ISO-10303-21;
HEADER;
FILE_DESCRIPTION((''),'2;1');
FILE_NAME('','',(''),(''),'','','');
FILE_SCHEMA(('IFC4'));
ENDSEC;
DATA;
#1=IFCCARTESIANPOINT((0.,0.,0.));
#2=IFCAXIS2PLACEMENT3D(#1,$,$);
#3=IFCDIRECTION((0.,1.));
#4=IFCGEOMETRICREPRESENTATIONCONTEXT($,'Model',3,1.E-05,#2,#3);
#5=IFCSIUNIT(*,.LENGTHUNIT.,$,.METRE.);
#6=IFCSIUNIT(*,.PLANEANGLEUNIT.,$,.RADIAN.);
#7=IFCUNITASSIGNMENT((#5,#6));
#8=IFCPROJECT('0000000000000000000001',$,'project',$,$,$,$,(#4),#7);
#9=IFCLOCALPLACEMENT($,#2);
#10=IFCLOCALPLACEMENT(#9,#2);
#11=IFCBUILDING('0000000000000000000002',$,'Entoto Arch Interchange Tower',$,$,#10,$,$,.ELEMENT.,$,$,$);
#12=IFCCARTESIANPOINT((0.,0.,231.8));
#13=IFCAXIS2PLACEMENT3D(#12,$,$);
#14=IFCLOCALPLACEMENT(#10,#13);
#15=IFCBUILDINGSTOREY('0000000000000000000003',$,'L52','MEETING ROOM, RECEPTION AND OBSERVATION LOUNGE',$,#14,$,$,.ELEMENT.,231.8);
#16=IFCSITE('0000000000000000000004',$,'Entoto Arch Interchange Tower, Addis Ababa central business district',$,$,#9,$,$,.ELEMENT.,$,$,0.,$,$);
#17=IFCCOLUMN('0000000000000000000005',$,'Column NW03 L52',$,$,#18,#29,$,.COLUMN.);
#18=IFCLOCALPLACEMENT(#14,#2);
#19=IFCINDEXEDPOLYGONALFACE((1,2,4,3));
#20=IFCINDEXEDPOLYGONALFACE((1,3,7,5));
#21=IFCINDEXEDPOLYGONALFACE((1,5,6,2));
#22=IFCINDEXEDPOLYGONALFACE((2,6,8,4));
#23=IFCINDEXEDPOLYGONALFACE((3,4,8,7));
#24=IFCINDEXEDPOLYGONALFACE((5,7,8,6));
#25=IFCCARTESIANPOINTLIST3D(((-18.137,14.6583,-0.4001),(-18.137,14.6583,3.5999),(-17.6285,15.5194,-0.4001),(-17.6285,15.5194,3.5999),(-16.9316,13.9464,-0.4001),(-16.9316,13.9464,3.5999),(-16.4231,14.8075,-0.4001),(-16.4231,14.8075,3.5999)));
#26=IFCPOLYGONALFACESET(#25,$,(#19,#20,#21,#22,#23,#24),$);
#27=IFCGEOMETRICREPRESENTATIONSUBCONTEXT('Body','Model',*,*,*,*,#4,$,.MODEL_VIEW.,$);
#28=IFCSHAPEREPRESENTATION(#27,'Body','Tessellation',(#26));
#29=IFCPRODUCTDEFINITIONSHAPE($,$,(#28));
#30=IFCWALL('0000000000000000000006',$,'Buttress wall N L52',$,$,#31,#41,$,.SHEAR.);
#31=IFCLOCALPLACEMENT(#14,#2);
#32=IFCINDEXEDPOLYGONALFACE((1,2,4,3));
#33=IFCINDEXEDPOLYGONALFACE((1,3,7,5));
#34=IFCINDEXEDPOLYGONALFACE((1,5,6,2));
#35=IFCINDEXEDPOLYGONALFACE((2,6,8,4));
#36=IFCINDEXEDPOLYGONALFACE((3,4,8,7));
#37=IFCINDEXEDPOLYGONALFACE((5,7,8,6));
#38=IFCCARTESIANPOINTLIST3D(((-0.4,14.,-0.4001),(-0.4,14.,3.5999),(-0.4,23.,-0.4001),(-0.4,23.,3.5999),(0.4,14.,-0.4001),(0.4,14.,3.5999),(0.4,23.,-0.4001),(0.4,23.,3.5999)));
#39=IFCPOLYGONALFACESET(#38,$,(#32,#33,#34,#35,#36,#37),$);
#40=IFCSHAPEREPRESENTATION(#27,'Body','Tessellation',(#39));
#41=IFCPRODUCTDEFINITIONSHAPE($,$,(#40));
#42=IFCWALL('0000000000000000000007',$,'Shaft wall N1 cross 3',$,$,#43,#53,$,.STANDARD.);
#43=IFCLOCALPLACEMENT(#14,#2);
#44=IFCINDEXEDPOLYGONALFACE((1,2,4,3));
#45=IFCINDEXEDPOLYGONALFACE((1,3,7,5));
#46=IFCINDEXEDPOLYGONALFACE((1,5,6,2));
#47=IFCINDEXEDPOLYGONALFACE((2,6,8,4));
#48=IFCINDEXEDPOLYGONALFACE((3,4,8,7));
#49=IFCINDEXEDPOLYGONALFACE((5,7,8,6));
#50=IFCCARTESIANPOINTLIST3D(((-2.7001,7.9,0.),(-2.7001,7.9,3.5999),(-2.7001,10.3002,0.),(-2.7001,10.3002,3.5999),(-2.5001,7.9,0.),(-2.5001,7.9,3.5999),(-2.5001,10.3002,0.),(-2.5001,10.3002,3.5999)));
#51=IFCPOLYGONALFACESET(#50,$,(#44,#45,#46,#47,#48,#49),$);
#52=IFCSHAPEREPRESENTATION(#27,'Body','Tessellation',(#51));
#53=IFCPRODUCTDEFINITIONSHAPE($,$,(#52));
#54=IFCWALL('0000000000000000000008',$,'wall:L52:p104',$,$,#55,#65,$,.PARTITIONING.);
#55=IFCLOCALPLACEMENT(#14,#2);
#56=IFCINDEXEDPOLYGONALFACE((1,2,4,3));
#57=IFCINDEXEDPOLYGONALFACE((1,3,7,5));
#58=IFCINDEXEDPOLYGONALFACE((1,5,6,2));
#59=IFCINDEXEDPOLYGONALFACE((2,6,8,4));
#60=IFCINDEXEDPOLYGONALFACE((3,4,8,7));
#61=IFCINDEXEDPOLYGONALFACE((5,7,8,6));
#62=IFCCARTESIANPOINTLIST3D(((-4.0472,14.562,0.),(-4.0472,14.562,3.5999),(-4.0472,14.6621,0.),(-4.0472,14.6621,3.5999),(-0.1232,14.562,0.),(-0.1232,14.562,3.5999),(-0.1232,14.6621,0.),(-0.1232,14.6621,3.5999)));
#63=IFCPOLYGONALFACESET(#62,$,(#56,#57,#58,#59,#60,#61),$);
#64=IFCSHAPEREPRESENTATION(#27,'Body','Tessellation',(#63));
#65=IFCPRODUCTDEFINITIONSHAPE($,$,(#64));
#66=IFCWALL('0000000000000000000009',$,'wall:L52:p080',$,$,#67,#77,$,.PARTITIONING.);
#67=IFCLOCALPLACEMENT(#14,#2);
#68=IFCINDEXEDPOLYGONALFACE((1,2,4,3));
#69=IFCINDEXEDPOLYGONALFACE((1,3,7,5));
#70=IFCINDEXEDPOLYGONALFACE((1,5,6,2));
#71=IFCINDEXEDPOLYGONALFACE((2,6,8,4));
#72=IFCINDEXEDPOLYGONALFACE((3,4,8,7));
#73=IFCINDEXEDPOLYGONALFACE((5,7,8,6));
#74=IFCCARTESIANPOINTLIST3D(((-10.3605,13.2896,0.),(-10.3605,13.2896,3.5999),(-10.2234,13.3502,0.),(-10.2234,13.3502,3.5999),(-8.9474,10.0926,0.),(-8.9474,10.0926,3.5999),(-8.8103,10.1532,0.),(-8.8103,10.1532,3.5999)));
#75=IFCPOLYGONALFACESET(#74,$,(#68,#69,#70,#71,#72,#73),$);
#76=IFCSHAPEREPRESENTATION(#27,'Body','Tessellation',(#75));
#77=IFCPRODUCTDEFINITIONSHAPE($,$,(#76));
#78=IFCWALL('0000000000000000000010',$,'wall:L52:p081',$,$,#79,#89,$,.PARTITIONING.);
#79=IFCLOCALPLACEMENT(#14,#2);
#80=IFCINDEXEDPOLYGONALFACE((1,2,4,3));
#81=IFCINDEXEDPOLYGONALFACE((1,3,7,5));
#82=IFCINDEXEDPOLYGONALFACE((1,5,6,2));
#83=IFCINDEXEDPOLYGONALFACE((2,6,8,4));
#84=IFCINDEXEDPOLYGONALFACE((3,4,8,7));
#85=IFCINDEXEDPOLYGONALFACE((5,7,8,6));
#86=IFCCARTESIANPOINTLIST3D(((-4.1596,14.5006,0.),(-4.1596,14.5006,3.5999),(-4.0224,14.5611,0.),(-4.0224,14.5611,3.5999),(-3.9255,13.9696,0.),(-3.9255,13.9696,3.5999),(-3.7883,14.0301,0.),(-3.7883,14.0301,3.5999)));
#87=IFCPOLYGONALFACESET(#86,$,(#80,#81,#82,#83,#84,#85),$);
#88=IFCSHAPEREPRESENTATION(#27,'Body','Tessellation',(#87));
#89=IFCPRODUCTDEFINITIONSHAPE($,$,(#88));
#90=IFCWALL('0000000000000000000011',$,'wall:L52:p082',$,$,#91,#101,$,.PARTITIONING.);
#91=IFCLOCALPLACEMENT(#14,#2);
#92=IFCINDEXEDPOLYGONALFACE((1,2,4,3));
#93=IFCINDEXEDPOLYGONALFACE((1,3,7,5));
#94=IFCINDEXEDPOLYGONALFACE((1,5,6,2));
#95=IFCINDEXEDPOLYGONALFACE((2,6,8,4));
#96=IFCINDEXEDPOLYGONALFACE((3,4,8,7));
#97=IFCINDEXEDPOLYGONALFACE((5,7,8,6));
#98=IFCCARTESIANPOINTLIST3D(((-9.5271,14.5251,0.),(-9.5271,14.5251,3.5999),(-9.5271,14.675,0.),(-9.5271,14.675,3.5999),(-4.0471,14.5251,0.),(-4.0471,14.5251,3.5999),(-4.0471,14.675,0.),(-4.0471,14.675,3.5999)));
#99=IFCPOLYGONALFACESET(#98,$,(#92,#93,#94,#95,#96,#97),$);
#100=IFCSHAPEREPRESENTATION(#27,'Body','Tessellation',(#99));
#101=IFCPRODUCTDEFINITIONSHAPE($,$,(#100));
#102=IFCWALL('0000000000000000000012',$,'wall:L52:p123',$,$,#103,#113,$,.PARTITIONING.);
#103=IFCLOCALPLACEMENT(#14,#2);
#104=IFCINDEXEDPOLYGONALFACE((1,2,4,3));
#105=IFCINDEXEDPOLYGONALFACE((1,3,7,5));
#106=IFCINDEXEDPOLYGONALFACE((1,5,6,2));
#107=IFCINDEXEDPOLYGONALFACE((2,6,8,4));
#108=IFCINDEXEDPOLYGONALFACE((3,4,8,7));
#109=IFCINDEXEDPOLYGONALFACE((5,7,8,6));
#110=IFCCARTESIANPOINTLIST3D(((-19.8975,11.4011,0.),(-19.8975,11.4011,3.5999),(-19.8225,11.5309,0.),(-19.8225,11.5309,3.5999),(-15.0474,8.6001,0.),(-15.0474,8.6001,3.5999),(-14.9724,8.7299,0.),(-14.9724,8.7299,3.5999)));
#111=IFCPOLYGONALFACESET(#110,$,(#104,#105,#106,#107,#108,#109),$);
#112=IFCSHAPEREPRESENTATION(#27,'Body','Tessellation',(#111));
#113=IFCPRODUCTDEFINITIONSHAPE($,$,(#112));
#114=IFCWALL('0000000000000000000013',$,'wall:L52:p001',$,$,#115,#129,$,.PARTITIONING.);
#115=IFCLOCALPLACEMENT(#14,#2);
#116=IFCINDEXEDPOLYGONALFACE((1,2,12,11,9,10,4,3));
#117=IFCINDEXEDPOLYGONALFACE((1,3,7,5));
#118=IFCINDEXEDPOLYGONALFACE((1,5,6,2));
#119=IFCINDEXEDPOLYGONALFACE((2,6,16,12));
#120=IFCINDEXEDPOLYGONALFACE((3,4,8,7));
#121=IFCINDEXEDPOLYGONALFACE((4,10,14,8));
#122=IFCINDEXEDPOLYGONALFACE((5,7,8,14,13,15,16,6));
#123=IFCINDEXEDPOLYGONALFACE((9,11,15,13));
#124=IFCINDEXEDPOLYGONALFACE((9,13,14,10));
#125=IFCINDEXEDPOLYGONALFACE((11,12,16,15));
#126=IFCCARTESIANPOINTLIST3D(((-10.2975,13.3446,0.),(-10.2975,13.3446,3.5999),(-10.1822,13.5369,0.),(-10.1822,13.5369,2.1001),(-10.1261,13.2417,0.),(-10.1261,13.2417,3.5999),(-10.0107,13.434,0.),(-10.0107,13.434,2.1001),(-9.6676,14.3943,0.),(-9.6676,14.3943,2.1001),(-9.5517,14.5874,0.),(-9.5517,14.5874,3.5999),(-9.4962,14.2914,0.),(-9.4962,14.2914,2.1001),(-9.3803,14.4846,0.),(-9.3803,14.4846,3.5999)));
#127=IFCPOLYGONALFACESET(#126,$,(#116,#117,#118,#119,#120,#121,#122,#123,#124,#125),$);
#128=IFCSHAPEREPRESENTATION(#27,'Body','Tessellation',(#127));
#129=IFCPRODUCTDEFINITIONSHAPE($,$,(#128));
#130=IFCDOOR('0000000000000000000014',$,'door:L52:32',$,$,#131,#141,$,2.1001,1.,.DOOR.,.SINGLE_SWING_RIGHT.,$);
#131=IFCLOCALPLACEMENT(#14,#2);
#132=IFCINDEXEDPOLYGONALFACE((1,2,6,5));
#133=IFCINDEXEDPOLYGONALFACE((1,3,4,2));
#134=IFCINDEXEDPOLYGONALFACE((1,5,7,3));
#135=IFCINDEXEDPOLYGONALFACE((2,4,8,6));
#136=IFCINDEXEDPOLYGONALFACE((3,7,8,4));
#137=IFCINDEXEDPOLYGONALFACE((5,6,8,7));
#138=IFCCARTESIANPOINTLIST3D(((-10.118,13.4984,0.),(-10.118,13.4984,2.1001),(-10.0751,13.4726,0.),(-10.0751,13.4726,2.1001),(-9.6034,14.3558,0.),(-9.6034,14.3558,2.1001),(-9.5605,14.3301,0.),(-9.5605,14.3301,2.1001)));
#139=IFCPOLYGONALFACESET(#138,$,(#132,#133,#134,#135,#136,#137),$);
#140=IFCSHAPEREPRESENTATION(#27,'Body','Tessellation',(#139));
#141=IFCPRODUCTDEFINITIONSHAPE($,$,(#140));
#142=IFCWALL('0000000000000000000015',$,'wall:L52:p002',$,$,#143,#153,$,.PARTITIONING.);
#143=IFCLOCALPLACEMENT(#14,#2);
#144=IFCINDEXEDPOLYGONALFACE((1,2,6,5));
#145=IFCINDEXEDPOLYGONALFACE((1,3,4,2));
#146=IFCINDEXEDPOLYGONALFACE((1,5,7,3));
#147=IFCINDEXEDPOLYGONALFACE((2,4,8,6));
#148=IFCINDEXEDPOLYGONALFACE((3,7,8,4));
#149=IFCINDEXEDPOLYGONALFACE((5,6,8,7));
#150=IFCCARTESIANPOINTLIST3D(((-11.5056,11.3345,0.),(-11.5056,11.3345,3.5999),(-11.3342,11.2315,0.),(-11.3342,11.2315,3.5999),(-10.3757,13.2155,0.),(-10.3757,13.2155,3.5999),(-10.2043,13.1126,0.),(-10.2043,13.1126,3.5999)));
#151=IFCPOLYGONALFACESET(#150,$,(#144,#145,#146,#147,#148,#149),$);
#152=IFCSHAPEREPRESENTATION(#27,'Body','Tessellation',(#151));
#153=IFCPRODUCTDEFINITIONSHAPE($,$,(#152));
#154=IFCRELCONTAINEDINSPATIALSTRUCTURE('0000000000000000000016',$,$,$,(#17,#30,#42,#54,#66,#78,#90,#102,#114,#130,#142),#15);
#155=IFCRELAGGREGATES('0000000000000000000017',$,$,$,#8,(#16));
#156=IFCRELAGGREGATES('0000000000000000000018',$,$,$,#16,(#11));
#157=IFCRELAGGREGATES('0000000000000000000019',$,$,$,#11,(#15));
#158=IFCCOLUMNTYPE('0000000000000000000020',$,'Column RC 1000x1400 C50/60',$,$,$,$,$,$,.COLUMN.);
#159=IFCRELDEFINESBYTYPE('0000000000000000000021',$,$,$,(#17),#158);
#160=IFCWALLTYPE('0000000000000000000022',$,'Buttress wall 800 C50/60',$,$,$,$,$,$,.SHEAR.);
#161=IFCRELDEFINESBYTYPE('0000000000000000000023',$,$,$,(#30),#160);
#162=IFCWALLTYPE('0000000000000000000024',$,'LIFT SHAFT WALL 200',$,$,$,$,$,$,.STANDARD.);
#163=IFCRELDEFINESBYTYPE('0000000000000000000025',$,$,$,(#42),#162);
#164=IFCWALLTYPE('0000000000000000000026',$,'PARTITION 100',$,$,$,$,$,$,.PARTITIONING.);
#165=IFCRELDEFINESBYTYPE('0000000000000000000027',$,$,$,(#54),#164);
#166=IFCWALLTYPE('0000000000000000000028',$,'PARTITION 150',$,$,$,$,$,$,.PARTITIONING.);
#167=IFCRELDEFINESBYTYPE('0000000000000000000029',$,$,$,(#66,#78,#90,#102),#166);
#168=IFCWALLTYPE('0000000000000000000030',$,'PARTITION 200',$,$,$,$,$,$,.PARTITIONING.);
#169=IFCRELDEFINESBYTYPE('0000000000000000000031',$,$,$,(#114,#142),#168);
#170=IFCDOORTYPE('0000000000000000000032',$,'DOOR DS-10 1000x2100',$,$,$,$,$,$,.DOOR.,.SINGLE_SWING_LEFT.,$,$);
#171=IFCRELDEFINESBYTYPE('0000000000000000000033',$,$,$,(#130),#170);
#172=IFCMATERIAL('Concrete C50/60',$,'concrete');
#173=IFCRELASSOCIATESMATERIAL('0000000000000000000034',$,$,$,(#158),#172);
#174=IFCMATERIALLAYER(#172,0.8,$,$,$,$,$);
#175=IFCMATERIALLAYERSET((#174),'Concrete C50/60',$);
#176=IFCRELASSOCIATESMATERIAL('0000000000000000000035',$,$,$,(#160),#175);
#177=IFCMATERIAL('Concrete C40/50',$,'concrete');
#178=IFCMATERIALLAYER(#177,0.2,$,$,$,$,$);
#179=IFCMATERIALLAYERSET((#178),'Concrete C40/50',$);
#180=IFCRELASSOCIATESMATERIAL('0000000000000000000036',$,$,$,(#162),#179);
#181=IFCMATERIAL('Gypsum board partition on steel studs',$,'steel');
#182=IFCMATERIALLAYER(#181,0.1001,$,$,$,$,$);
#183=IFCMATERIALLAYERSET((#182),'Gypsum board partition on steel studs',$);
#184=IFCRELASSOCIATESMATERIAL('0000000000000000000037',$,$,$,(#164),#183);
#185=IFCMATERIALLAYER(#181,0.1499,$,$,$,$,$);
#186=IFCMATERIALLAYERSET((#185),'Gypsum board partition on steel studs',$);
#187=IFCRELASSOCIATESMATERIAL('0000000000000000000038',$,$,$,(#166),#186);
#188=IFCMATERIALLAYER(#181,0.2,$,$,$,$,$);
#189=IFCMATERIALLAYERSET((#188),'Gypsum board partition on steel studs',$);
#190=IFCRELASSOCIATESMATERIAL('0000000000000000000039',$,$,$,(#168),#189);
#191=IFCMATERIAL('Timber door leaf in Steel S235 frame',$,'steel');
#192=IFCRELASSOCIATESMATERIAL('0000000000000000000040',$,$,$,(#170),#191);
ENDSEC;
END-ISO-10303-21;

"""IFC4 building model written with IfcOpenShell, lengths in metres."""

from ifc_helpers import new_model, si_unit, direction, frame, frame_2d, origin, origin_2d, place, context, subcontext, project, spatial, rectangle, extrude, material, layer, layer_set, material_profile, profile_set, type_object, element, fill, save


model = new_model("IFC4")

# Units and contexts
model_context = context("Model", 3, precision=1e-05, world=origin(), true_north=direction((0.0, 1.0)))
body_context = subcontext(model_context, "Body", "Model", "MODEL_VIEW")
ifc_project = project(units=[si_unit("LENGTHUNIT", "METRE"), si_unit("PLANEANGLEUNIT", "RADIAN")], contexts=[model_context])

# Site, building, storey
site_placement = place(None, origin())
site = spatial("IfcSite", under=ifc_project, at=site_placement, Name="Entoto Arch Interchange Tower, Addis Ababa central business district", CompositionType="ELEMENT", RefElevation=0.0)
building_placement = place(site_placement, origin())
building = spatial("IfcBuilding", under=site, at=building_placement, Name="Entoto Arch Interchange Tower", CompositionType="ELEMENT")
storey_placement = place(building_placement, frame((0.0, 0.0, 231.8)))
storey = spatial("IfcBuildingStorey", under=building, at=storey_placement, Name="L52", Description="MEETING ROOM, RECEPTION AND OBSERVATION LOUNGE", CompositionType="ELEMENT", Elevation=231.8)

# Column
ifc_material_1 = material(Name="Concrete C50/60", Category="concrete")
ifc_material_profile = material_profile(ifc_material_1, rectangle(XDim=1.0, YDim=1.3999, at=origin_2d()))
ifc_profile_set = profile_set([ifc_material_profile], Name="Concrete C50/60")
column_type = type_object("IfcColumnType", Name="Column RC 1000x1400 C50/60", PredefinedType="COLUMN", material=ifc_profile_set)
column_placement = place(storey_placement, frame((-17.28, 14.7329, -0.4001), z_axis=(0.0, 0.0, 1.0), x_axis=(0.508516, 0.861053, 0.0)))
element("IfcColumn", 1, at=column_placement, inside=storey, type_object=column_type, Name="Column NW03 L52", PredefinedType="COLUMN", context=body_context, shape_type="SweptSolid", body=[
    extrude(rectangle(XDim=1.0, YDim=1.3999, at=origin_2d()), origin(), (0.0, 0.0, 1.0), 4.0),
])

# Walls
ifc_layer_1 = layer(ifc_material_1, 0.8)
ifc_layer_set_1 = layer_set([ifc_layer_1], Name="Concrete C50/60")
wall_type_1 = type_object("IfcWallType", Name="Buttress wall 800 C50/60", PredefinedType="SHEAR", material=ifc_layer_set_1)
wall_1_placement = place(storey_placement, frame((0.0, 14.0, -0.4001), z_axis=(0.0, 0.0, 1.0), x_axis=(0.0, 1.0, 0.0)))
element("IfcWall", 2, at=wall_1_placement, inside=storey, type_object=wall_type_1, Name="Buttress wall N L52", PredefinedType="SHEAR", context=body_context, shape_type="SweptSolid", body=[
    extrude(rectangle(XDim=9.0, YDim=0.8, at=frame_2d((4.5, 0.0))), origin(), (0.0, 0.0, 1.0), 4.0),
])
ifc_material_2 = material(Name="Concrete C40/50", Category="concrete")
ifc_layer_2 = layer(ifc_material_2, 0.2)
ifc_layer_set_2 = layer_set([ifc_layer_2], Name="Concrete C40/50")
wall_type_2 = type_object("IfcWallType", Name="LIFT SHAFT WALL 200", PredefinedType="STANDARD", material=ifc_layer_set_2)
wall_2_placement = place(storey_placement, frame((-2.6001, 7.8999, 0.0), z_axis=(0.0, 0.0, 1.0), x_axis=(0.0, 1.0, 0.0)))
element("IfcWall", 3, at=wall_2_placement, inside=storey, type_object=wall_type_2, Name="Shaft wall N1 cross 3", PredefinedType="STANDARD", context=body_context, shape_type="SweptSolid", body=[
    extrude(rectangle(XDim=2.4001, YDim=0.2, at=frame_2d((1.2002, 0.0))), origin(), (0.0, 0.0, 1.0), 3.5999),
])
ifc_material_3 = material(Name="Gypsum board partition on steel studs", Category="steel")
ifc_layer_3 = layer(ifc_material_3, 0.1001)
ifc_layer_set_3 = layer_set([ifc_layer_3], Name="Gypsum board partition on steel studs")
wall_type_3 = type_object("IfcWallType", Name="PARTITION 100", PredefinedType="PARTITIONING", material=ifc_layer_set_3)
wall_3_placement = place(storey_placement, frame((-4.0471, 14.6121, 0.0), z_axis=(0.0, 0.0, 1.0), x_axis=(1.0, 0.0, 0.0)))
element("IfcWall", 4, at=wall_3_placement, inside=storey, type_object=wall_type_3, Name="wall:L52:p104", PredefinedType="PARTITIONING", context=body_context, shape_type="SweptSolid", body=[
    extrude(rectangle(XDim=3.9241, YDim=0.1001, at=frame_2d((1.9619, 0.0))), origin(), (0.0, 0.0, 1.0), 3.5999),
])
ifc_layer_4 = layer(ifc_material_3, 0.1499)
ifc_layer_set_4 = layer_set([ifc_layer_4], Name="Gypsum board partition on steel studs")
wall_type_4 = type_object("IfcWallType", Name="PARTITION 150", PredefinedType="PARTITIONING", material=ifc_layer_set_4)
wall_4_placement = place(storey_placement, frame((-8.8789, 10.123, 0.0), z_axis=(0.0, 0.0, 1.0), x_axis=(-0.404271, 0.914639, 0.0)))
element("IfcWall", 5, at=wall_4_placement, inside=storey, type_object=wall_type_4, Name="wall:L52:p080", PredefinedType="PARTITIONING", context=body_context, shape_type="SweptSolid", body=[
    extrude(rectangle(XDim=3.4954, YDim=0.1499, at=frame_2d((1.7476, 0.0))), origin(), (0.0, 0.0, 1.0), 3.5999),
])
wall_5_placement = place(storey_placement, frame((-3.8569, 14.0, 0.0), z_axis=(0.0, 0.0, 1.0), x_axis=(-0.403443, 0.915005, 0.0)))
element("IfcWall", 6, at=wall_5_placement, inside=storey, type_object=wall_type_4, Name="wall:L52:p081", PredefinedType="PARTITIONING", context=body_context, shape_type="SweptSolid", body=[
    extrude(rectangle(XDim=0.5803, YDim=0.1499, at=frame_2d((0.29, 0.0))), origin(), (0.0, 0.0, 1.0), 3.5999),
])
wall_6_placement = place(storey_placement, frame((-4.0471, 14.6001, 0.0), z_axis=(0.0, 0.0, 1.0), x_axis=(-1.0, 0.0, 0.0)))
element("IfcWall", 7, at=wall_6_placement, inside=storey, type_object=wall_type_4, Name="wall:L52:p082", PredefinedType="PARTITIONING", context=body_context, shape_type="SweptSolid", body=[
    extrude(rectangle(XDim=5.48, YDim=0.1499, at=frame_2d((2.74, 0.0))), origin(), (0.0, 0.0, 1.0), 3.5999),
])
wall_7_placement = place(storey_placement, frame((-15.01, 8.665, 0.0), z_axis=(0.0, 0.0, 1.0), x_axis=(-0.865962, 0.50011, 0.0)))
element("IfcWall", 8, at=wall_7_placement, inside=storey, type_object=wall_type_4, Name="wall:L52:p123", PredefinedType="PARTITIONING", context=body_context, shape_type="SweptSolid", body=[
    extrude(rectangle(XDim=5.6008, YDim=0.1499, at=frame_2d((2.8003, 0.0))), origin(), (0.0, 0.0, 1.0), 3.5999),
])

# Wall, opening, door
ifc_layer_5 = layer(ifc_material_3, 0.2)
ifc_layer_set_5 = layer_set([ifc_layer_5], Name="Gypsum board partition on steel studs")
wall_type_5 = type_object("IfcWallType", Name="PARTITION 200", PredefinedType="PARTITIONING", material=ifc_layer_set_5)
wall_8_placement = place(storey_placement, frame((-9.4661, 14.5359, 0.0), z_axis=(0.0, 0.0, 1.0), x_axis=(-0.514545, -0.857463, 0.0)))
wall_8 = element("IfcWall", 9, at=wall_8_placement, inside=storey, type_object=wall_type_5, Name="wall:L52:p001", PredefinedType="PARTITIONING", context=body_context, shape_type="SweptSolid", body=[
    extrude(rectangle(XDim=1.4495, YDim=0.2, at=frame_2d((0.7246, 0.0))), origin(), (0.0, 0.0, 1.0), 3.5999),
])
opening_1_placement = place(wall_8_placement, frame((0.2251, 0.0, 0.0)))
opening_1 = element("IfcOpeningElement", 10, at=opening_1_placement, cuts=wall_8, PredefinedType="OPENING", context=body_context, shape_type="SweptSolid", body=[
    extrude(rectangle(XDim=1.0, YDim=2.1001, at=frame_2d((0.5, 1.05))), frame((0.0, 0.1099, 0.0), z_axis=(0.0, -1.0, 0.0), x_axis=(1.0, 0.0, 0.0)), (0.0, 0.0, 1.0), 0.22),
])
ifc_material_4 = material(Name="Timber door leaf in Steel S235 frame", Category="steel")
door_type_1 = type_object("IfcDoorType", Name="DOOR DS-10 1000x2100", OperationType="SINGLE_SWING_LEFT", PredefinedType="DOOR", material=ifc_material_4)
door_1_placement = place(opening_1_placement, origin())
door_1 = element("IfcDoor", 11, at=door_1_placement, inside=storey, type_object=door_type_1, Name="door:L52:32", OperationType="SINGLE_SWING_RIGHT", OverallHeight=2.1001, OverallWidth=1.0, PredefinedType="DOOR", context=body_context, shape_type="SweptSolid", body=[
    extrude(rectangle(XDim=1.0, YDim=2.1001, at=frame_2d((0.5, 1.05))), frame((0.0, 0.0249, 0.0), z_axis=(0.0, -1.0, 0.0), x_axis=(1.0, 0.0, 0.0)), (0.0, 0.0, 1.0), 0.05),
])
fill(opening_1, door_1)

# Wall
wall_9_placement = place(storey_placement, frame((-10.29, 13.1641, 0.0), z_axis=(0.0, 0.0, 1.0), x_axis=(-0.514905, -0.857247, 0.0)))
element("IfcWall", 12, at=wall_9_placement, inside=storey, type_object=wall_type_5, Name="wall:L52:p002", PredefinedType="PARTITIONING", context=body_context, shape_type="SweptSolid", body=[
    extrude(rectangle(XDim=2.1943, YDim=0.2, at=frame_2d((1.0972, 0.0))), origin(), (0.0, 0.0, 1.0), 3.5999),
])

save(model, "model.ifc")
